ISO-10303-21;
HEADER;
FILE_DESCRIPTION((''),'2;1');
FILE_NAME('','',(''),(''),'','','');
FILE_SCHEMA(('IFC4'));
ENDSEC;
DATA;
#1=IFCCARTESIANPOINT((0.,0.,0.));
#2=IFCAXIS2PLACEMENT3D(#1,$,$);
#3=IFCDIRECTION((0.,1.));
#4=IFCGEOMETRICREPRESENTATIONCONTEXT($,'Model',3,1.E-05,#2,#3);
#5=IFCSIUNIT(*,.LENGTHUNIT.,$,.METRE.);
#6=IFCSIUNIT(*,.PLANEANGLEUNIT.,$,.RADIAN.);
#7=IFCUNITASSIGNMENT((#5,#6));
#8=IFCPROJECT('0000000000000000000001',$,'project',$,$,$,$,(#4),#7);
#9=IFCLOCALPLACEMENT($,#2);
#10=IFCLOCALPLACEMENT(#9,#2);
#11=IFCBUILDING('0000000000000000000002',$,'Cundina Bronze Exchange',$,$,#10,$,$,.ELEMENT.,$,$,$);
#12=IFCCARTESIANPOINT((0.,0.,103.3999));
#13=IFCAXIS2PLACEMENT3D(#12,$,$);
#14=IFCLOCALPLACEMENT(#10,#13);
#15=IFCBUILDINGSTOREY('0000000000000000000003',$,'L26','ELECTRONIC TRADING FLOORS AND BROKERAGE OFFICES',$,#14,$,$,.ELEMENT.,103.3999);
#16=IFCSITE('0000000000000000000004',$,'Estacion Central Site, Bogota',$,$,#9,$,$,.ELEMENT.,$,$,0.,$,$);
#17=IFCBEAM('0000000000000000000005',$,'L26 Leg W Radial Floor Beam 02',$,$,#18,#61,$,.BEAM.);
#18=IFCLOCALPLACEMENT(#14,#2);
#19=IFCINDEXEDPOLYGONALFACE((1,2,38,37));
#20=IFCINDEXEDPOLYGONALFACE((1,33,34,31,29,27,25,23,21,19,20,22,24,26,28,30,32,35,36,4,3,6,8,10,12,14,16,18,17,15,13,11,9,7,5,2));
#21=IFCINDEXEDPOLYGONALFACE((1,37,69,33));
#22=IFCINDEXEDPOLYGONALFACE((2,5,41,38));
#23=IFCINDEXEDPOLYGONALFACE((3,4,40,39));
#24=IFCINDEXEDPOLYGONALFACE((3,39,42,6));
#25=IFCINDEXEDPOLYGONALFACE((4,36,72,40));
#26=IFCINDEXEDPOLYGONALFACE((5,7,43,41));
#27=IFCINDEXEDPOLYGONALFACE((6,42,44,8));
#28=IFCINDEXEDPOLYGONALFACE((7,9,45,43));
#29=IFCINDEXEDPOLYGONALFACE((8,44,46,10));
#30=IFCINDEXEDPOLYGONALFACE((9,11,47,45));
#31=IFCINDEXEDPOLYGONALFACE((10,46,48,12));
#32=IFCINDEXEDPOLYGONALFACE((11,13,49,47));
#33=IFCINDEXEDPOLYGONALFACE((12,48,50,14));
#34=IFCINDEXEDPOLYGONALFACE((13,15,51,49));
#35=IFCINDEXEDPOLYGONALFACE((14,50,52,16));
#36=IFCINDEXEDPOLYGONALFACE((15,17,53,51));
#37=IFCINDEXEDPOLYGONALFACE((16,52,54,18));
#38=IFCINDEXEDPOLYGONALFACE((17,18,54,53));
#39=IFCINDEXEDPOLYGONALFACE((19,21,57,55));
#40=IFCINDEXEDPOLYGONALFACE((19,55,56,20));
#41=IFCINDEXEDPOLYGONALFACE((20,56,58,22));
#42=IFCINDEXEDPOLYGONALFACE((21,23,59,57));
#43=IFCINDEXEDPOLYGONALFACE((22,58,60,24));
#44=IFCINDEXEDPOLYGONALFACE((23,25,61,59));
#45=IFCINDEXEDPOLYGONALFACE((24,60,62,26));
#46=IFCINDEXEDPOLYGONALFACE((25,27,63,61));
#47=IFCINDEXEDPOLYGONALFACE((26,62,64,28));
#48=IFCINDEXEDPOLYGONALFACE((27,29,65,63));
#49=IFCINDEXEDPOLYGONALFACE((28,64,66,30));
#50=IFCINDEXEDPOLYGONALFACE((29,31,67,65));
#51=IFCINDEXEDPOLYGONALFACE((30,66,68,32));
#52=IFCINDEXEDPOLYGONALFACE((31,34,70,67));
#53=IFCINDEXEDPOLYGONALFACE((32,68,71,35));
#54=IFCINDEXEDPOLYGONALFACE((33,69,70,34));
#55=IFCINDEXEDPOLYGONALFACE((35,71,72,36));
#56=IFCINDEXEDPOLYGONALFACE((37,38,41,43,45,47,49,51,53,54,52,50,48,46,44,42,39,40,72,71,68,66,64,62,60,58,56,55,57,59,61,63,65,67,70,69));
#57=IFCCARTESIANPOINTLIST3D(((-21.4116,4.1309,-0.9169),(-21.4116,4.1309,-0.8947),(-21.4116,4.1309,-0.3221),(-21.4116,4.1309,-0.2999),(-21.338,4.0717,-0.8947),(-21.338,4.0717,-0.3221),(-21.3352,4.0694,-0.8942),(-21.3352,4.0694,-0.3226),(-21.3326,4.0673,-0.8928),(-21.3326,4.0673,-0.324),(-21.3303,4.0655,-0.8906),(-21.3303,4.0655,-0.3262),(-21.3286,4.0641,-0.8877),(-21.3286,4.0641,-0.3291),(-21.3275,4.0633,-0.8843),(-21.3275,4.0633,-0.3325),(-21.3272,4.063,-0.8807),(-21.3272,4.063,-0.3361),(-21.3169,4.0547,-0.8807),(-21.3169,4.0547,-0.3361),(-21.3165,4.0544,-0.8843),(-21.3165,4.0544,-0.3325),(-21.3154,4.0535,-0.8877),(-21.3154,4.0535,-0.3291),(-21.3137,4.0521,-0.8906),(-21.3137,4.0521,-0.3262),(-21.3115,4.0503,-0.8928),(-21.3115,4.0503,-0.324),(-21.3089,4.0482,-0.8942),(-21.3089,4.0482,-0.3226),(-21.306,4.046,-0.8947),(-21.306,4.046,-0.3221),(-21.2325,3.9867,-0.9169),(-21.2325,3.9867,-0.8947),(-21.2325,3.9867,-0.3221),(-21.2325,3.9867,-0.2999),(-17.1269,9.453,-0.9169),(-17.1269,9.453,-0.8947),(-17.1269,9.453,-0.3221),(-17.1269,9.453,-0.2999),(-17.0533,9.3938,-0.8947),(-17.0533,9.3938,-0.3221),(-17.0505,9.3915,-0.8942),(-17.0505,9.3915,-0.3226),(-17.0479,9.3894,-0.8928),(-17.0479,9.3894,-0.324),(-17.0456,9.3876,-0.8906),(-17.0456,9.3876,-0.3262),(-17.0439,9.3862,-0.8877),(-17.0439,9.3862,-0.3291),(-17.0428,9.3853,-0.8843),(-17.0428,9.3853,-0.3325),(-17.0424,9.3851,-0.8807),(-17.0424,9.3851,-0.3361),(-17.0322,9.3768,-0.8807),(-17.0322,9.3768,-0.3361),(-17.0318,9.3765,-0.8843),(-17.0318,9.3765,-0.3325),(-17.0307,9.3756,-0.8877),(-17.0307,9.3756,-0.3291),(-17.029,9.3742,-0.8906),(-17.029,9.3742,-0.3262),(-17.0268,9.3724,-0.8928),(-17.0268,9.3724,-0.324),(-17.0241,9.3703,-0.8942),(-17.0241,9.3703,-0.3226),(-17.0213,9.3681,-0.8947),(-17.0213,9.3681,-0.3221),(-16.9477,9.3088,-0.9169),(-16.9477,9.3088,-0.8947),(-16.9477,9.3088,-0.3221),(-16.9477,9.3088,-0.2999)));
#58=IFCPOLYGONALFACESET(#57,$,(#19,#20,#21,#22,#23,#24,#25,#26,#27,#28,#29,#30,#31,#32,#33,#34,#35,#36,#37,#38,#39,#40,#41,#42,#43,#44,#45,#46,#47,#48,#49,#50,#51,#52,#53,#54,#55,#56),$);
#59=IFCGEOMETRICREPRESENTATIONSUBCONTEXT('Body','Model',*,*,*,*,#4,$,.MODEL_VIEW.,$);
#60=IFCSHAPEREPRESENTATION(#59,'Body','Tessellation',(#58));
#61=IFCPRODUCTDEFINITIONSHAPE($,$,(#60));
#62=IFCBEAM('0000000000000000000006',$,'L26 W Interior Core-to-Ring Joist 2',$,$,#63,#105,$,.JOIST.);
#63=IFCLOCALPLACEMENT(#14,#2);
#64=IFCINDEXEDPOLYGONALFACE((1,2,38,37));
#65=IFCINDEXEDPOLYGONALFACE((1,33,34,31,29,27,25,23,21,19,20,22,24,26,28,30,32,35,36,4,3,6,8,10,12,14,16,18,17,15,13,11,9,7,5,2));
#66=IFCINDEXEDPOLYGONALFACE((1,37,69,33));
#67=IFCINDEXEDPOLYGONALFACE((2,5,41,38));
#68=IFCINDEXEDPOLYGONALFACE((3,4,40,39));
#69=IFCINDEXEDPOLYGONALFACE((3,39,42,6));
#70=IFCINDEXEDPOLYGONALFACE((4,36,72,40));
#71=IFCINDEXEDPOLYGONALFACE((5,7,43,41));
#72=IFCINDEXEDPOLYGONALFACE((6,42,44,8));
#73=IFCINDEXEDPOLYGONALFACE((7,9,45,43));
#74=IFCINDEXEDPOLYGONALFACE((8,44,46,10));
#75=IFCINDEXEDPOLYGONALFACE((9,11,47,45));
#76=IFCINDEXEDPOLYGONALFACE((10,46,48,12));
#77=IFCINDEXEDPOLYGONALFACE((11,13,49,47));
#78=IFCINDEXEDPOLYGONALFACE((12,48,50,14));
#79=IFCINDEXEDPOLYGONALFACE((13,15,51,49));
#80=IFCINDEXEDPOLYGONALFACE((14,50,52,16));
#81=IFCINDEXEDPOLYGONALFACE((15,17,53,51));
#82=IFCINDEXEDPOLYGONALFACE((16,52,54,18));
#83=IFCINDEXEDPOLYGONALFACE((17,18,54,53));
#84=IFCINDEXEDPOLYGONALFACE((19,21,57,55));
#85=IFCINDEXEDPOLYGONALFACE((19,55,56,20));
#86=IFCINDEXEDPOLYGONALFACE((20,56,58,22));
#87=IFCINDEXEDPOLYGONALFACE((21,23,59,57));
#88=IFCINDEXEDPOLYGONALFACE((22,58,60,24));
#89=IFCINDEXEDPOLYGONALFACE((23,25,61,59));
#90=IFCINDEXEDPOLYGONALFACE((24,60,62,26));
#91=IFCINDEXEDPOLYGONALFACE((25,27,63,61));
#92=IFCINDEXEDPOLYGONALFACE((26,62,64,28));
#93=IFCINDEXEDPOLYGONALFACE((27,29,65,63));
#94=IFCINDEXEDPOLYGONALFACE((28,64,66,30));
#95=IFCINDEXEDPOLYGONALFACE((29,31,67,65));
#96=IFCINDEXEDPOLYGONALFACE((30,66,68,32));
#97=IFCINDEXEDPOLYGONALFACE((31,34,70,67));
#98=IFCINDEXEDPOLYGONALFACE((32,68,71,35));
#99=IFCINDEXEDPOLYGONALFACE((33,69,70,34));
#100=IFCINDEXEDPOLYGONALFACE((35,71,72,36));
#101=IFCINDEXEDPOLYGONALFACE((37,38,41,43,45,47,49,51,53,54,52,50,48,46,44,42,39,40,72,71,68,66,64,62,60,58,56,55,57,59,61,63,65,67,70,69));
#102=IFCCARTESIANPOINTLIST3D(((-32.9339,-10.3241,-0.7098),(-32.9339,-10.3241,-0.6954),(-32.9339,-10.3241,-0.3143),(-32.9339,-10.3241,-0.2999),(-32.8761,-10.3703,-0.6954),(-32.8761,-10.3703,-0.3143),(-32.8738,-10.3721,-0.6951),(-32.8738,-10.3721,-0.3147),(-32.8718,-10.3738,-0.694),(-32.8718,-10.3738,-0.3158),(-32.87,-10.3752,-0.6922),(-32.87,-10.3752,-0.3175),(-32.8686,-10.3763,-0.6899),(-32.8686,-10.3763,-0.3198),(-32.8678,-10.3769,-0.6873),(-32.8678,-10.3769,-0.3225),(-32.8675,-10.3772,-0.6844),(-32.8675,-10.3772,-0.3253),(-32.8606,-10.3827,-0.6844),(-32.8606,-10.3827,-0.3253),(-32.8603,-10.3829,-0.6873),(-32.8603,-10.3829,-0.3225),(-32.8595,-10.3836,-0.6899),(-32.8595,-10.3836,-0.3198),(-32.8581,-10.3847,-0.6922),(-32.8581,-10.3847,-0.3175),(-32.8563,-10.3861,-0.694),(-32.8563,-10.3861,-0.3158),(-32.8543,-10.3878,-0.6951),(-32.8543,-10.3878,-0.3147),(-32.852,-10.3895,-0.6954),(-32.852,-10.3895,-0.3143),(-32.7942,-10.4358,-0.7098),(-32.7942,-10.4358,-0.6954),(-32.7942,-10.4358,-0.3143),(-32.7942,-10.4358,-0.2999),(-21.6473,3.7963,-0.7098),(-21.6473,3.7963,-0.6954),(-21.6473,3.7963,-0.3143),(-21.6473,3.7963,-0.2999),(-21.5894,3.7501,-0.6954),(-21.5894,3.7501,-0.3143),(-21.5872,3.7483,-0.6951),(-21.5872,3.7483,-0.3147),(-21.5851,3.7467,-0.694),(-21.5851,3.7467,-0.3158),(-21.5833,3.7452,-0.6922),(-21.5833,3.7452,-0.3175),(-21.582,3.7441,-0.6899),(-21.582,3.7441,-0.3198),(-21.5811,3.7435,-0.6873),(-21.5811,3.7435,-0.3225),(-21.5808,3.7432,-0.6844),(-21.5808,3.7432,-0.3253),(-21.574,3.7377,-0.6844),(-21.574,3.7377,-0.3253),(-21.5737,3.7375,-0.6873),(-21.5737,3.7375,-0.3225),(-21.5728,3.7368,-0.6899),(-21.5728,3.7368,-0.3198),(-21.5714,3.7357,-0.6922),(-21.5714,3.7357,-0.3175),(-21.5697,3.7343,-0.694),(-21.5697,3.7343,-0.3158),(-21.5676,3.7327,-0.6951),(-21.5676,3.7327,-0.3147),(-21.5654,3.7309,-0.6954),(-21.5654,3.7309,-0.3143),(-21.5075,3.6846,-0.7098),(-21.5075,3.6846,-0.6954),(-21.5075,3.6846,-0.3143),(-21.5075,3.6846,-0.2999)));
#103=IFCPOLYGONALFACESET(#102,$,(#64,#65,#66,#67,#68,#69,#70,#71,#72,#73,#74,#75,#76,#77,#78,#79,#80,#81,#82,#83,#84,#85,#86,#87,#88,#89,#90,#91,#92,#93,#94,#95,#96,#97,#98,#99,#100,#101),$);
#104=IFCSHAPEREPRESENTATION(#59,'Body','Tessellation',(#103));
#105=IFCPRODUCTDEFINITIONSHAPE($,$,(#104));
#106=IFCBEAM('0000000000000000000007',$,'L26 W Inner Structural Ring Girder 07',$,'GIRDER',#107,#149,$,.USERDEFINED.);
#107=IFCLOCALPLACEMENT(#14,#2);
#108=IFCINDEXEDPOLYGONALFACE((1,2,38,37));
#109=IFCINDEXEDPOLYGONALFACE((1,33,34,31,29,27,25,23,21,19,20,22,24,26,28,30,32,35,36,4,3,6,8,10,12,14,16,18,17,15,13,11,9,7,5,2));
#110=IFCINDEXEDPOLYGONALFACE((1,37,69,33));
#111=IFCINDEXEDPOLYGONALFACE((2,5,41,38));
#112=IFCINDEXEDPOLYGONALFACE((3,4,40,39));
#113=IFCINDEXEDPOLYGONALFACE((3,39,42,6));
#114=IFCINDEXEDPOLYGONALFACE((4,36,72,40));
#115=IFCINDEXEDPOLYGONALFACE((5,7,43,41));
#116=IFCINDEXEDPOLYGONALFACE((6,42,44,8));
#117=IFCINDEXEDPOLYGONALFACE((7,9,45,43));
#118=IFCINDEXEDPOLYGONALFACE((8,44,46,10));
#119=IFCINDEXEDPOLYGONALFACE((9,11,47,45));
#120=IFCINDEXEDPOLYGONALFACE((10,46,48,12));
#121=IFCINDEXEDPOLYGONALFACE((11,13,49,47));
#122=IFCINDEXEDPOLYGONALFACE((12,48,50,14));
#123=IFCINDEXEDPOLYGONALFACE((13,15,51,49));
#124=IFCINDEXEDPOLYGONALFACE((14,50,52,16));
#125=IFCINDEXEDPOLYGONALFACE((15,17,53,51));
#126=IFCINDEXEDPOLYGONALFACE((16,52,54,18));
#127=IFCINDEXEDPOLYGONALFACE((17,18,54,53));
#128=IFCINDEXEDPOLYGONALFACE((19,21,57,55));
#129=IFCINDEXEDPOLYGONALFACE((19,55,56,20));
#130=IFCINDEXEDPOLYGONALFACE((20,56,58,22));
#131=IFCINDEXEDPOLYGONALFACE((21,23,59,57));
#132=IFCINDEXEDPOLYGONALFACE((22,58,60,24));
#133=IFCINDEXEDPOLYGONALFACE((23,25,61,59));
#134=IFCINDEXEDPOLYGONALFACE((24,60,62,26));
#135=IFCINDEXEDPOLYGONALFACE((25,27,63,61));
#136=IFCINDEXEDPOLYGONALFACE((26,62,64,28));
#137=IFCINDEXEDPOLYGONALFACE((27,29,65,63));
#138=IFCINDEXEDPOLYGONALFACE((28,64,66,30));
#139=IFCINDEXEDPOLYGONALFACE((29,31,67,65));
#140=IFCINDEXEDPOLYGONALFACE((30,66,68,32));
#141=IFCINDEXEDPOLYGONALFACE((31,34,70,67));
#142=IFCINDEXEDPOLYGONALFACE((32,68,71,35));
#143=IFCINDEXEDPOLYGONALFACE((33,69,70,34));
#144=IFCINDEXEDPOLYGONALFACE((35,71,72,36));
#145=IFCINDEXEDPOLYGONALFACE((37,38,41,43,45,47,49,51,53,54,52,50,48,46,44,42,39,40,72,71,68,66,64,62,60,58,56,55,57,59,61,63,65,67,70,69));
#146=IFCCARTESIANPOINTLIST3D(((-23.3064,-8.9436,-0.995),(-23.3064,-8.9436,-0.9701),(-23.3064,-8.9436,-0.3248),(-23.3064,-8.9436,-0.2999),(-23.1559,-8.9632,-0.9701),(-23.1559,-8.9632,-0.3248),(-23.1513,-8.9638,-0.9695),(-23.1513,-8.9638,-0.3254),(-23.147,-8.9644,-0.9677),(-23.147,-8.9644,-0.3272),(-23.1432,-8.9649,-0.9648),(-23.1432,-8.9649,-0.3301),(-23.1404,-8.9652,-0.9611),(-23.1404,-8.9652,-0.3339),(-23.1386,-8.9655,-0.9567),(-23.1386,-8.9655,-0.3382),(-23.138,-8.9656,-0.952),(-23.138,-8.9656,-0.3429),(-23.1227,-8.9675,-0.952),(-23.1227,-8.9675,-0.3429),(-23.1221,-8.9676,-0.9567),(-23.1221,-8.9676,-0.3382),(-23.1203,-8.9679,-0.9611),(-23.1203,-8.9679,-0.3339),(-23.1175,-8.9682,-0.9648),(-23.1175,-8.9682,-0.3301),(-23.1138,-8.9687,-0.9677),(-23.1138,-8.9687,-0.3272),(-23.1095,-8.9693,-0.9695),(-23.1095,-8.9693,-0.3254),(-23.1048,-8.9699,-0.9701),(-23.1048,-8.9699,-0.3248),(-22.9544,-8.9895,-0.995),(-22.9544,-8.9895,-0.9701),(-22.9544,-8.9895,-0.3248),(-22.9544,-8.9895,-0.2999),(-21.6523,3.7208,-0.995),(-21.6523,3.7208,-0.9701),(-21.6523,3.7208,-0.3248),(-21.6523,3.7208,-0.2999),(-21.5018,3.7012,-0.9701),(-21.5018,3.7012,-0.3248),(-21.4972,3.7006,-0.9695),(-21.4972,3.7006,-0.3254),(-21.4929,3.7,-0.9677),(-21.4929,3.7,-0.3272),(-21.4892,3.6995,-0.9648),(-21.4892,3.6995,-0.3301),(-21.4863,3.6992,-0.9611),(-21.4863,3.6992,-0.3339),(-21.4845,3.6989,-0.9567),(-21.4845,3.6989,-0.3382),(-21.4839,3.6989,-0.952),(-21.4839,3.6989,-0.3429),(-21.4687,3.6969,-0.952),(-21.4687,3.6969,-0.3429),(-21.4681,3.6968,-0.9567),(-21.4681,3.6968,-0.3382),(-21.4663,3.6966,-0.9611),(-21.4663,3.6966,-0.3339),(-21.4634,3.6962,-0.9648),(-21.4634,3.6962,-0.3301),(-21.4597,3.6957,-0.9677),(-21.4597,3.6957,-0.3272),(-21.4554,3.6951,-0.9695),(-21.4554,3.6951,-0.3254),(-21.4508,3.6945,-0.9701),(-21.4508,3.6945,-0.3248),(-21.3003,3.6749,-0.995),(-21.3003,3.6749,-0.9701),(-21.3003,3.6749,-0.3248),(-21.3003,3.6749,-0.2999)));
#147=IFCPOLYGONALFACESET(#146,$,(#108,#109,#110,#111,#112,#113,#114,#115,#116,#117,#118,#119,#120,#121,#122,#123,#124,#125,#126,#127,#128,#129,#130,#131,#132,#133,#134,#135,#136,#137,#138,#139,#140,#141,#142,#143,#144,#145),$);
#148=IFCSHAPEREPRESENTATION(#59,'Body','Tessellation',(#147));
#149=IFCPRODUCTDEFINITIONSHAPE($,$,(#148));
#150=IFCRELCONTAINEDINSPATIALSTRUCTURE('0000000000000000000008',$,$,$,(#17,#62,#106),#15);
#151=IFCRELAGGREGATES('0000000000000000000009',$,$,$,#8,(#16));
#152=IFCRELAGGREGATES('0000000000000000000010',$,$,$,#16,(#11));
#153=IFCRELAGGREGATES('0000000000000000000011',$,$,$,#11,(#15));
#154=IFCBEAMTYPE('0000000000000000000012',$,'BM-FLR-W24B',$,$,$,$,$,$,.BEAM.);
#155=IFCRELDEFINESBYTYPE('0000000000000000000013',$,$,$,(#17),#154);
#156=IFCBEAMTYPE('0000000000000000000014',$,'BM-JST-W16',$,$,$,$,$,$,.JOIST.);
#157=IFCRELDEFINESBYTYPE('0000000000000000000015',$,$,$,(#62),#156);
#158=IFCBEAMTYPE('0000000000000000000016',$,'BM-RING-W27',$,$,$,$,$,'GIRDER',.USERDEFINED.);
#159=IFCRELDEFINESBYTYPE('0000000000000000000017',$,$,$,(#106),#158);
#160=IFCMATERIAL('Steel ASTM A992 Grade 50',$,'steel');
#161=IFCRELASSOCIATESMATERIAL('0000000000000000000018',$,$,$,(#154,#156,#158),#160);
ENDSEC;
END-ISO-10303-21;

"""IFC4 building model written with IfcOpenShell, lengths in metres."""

from ifc_helpers import new_model, si_unit, direction, frame, origin, origin_2d, place, context, subcontext, project, spatial, i_section, extrude, material, material_profile, profile_set, type_object, element, save


model = new_model("IFC4")

# Units and contexts
model_context = context("Model", 3, precision=1e-05, world=origin(), true_north=direction((0.0, 1.0)))
body_context = subcontext(model_context, "Body", "Model", "MODEL_VIEW")
ifc_project = project(units=[si_unit("LENGTHUNIT", "METRE"), si_unit("PLANEANGLEUNIT", "RADIAN")], contexts=[model_context])

# Site, building, storey
site_placement = place(None, origin())
site = spatial("IfcSite", under=ifc_project, at=site_placement, Name="Estacion Central Site, Bogota", CompositionType="ELEMENT", RefElevation=0.0)
building_placement = place(site_placement, origin())
building = spatial("IfcBuilding", under=site, at=building_placement, Name="Cundina Bronze Exchange", CompositionType="ELEMENT")
storey_placement = place(building_placement, frame((0.0, 0.0, 103.3999)))
storey = spatial("IfcBuildingStorey", under=building, at=storey_placement, Name="L26", Description="ELECTRONIC TRADING FLOORS AND BROKERAGE OFFICES", CompositionType="ELEMENT", Elevation=103.3999)

# Shared definitions
ifc_material_1 = material(Name="Steel ASTM A992 Grade 50", Category="steel")

# Beams
ifc_material_profile_1 = material_profile(ifc_material_1, i_section(OverallWidth=0.23, OverallDepth=0.6169, WebThickness=0.0132, FlangeThickness=0.0222, FilletRadius=0.0139, at=origin_2d()), Name="W24X94", Category="steel")
ifc_profile_set_1 = profile_set([ifc_material_profile_1], Name="Steel ASTM A992 Grade 50")
beam_type_1 = type_object("IfcBeamType", Name="BM-FLR-W24B", PredefinedType="BEAM", material=ifc_profile_set_1)
beam_1_placement = place(storey_placement, frame((-21.322, 4.0588, -0.6084), z_axis=(0.627106, 0.778934, 0.0), x_axis=(-0.778934, 0.627106, 0.0)))
element("IfcBeam", 1, at=beam_1_placement, inside=storey, type_object=beam_type_1, Name="L26 Leg W Radial Floor Beam 02", PredefinedType="BEAM", context=body_context, shape_type="SweptSolid", body=[
    extrude(i_section(OverallWidth=0.23, OverallDepth=0.6169, WebThickness=0.0132, FlangeThickness=0.0222, FilletRadius=0.0139, at=origin_2d()), origin(), (0.0, 0.0, 1.0), 6.8325),
])
ifc_material_profile_2 = material_profile(ifc_material_1, i_section(OverallWidth=0.179, OverallDepth=0.4099, WebThickness=0.0088, FlangeThickness=0.0144, FilletRadius=0.011, at=origin_2d()), Name="W16X45", Category="steel")
ifc_profile_set_2 = profile_set([ifc_material_profile_2], Name="Steel ASTM A992 Grade 50")
beam_type_2 = type_object("IfcBeamType", Name="BM-JST-W16", PredefinedType="JOIST", material=ifc_profile_set_2)
beam_2_placement = place(storey_placement, frame((-21.5774, 3.7405, -0.5049), z_axis=(-0.624369, -0.78113, 0.0), x_axis=(0.78113, -0.624369, 0.0)))
element("IfcBeam", 2, at=beam_2_placement, inside=storey, type_object=beam_type_2, Name="L26 W Interior Core-to-Ring Joist 2", PredefinedType="JOIST", context=body_context, shape_type="SweptSolid", body=[
    extrude(i_section(OverallWidth=0.179, OverallDepth=0.4099, WebThickness=0.0088, FlangeThickness=0.0144, FilletRadius=0.011, at=origin_2d()), origin(), (0.0, 0.0, 1.0), 18.0769),
])
ifc_material_profile_3 = material_profile(ifc_material_1, i_section(OverallWidth=0.355, OverallDepth=0.6951, WebThickness=0.0154, FlangeThickness=0.0249, FilletRadius=0.0181, at=origin_2d()), Name="W27X146", Category="steel")
ifc_profile_set_3 = profile_set([ifc_material_profile_3], Name="Steel ASTM A992 Grade 50")
beam_type_3 = type_object("IfcBeamType", Name="BM-RING-W27", ElementType="GIRDER", PredefinedType="USERDEFINED", material=ifc_profile_set_3)
beam_3_placement = place(storey_placement, frame((-23.1304, -8.9666, -0.6475), z_axis=(0.129508, 0.991578, 0.0), x_axis=(-0.991578, 0.129508, 0.0)))
element("IfcBeam", 3, at=beam_3_placement, inside=storey, type_object=beam_type_3, Name="L26 W Inner Structural Ring Girder 07", ObjectType="GIRDER", PredefinedType="USERDEFINED", context=body_context, shape_type="SweptSolid", body=[
    extrude(i_section(OverallWidth=0.355, OverallDepth=0.6951, WebThickness=0.0154, FlangeThickness=0.0249, FilletRadius=0.0181, at=origin_2d()), origin(), (0.0, 0.0, 1.0), 12.772),
])

save(model, "model.ifc")
